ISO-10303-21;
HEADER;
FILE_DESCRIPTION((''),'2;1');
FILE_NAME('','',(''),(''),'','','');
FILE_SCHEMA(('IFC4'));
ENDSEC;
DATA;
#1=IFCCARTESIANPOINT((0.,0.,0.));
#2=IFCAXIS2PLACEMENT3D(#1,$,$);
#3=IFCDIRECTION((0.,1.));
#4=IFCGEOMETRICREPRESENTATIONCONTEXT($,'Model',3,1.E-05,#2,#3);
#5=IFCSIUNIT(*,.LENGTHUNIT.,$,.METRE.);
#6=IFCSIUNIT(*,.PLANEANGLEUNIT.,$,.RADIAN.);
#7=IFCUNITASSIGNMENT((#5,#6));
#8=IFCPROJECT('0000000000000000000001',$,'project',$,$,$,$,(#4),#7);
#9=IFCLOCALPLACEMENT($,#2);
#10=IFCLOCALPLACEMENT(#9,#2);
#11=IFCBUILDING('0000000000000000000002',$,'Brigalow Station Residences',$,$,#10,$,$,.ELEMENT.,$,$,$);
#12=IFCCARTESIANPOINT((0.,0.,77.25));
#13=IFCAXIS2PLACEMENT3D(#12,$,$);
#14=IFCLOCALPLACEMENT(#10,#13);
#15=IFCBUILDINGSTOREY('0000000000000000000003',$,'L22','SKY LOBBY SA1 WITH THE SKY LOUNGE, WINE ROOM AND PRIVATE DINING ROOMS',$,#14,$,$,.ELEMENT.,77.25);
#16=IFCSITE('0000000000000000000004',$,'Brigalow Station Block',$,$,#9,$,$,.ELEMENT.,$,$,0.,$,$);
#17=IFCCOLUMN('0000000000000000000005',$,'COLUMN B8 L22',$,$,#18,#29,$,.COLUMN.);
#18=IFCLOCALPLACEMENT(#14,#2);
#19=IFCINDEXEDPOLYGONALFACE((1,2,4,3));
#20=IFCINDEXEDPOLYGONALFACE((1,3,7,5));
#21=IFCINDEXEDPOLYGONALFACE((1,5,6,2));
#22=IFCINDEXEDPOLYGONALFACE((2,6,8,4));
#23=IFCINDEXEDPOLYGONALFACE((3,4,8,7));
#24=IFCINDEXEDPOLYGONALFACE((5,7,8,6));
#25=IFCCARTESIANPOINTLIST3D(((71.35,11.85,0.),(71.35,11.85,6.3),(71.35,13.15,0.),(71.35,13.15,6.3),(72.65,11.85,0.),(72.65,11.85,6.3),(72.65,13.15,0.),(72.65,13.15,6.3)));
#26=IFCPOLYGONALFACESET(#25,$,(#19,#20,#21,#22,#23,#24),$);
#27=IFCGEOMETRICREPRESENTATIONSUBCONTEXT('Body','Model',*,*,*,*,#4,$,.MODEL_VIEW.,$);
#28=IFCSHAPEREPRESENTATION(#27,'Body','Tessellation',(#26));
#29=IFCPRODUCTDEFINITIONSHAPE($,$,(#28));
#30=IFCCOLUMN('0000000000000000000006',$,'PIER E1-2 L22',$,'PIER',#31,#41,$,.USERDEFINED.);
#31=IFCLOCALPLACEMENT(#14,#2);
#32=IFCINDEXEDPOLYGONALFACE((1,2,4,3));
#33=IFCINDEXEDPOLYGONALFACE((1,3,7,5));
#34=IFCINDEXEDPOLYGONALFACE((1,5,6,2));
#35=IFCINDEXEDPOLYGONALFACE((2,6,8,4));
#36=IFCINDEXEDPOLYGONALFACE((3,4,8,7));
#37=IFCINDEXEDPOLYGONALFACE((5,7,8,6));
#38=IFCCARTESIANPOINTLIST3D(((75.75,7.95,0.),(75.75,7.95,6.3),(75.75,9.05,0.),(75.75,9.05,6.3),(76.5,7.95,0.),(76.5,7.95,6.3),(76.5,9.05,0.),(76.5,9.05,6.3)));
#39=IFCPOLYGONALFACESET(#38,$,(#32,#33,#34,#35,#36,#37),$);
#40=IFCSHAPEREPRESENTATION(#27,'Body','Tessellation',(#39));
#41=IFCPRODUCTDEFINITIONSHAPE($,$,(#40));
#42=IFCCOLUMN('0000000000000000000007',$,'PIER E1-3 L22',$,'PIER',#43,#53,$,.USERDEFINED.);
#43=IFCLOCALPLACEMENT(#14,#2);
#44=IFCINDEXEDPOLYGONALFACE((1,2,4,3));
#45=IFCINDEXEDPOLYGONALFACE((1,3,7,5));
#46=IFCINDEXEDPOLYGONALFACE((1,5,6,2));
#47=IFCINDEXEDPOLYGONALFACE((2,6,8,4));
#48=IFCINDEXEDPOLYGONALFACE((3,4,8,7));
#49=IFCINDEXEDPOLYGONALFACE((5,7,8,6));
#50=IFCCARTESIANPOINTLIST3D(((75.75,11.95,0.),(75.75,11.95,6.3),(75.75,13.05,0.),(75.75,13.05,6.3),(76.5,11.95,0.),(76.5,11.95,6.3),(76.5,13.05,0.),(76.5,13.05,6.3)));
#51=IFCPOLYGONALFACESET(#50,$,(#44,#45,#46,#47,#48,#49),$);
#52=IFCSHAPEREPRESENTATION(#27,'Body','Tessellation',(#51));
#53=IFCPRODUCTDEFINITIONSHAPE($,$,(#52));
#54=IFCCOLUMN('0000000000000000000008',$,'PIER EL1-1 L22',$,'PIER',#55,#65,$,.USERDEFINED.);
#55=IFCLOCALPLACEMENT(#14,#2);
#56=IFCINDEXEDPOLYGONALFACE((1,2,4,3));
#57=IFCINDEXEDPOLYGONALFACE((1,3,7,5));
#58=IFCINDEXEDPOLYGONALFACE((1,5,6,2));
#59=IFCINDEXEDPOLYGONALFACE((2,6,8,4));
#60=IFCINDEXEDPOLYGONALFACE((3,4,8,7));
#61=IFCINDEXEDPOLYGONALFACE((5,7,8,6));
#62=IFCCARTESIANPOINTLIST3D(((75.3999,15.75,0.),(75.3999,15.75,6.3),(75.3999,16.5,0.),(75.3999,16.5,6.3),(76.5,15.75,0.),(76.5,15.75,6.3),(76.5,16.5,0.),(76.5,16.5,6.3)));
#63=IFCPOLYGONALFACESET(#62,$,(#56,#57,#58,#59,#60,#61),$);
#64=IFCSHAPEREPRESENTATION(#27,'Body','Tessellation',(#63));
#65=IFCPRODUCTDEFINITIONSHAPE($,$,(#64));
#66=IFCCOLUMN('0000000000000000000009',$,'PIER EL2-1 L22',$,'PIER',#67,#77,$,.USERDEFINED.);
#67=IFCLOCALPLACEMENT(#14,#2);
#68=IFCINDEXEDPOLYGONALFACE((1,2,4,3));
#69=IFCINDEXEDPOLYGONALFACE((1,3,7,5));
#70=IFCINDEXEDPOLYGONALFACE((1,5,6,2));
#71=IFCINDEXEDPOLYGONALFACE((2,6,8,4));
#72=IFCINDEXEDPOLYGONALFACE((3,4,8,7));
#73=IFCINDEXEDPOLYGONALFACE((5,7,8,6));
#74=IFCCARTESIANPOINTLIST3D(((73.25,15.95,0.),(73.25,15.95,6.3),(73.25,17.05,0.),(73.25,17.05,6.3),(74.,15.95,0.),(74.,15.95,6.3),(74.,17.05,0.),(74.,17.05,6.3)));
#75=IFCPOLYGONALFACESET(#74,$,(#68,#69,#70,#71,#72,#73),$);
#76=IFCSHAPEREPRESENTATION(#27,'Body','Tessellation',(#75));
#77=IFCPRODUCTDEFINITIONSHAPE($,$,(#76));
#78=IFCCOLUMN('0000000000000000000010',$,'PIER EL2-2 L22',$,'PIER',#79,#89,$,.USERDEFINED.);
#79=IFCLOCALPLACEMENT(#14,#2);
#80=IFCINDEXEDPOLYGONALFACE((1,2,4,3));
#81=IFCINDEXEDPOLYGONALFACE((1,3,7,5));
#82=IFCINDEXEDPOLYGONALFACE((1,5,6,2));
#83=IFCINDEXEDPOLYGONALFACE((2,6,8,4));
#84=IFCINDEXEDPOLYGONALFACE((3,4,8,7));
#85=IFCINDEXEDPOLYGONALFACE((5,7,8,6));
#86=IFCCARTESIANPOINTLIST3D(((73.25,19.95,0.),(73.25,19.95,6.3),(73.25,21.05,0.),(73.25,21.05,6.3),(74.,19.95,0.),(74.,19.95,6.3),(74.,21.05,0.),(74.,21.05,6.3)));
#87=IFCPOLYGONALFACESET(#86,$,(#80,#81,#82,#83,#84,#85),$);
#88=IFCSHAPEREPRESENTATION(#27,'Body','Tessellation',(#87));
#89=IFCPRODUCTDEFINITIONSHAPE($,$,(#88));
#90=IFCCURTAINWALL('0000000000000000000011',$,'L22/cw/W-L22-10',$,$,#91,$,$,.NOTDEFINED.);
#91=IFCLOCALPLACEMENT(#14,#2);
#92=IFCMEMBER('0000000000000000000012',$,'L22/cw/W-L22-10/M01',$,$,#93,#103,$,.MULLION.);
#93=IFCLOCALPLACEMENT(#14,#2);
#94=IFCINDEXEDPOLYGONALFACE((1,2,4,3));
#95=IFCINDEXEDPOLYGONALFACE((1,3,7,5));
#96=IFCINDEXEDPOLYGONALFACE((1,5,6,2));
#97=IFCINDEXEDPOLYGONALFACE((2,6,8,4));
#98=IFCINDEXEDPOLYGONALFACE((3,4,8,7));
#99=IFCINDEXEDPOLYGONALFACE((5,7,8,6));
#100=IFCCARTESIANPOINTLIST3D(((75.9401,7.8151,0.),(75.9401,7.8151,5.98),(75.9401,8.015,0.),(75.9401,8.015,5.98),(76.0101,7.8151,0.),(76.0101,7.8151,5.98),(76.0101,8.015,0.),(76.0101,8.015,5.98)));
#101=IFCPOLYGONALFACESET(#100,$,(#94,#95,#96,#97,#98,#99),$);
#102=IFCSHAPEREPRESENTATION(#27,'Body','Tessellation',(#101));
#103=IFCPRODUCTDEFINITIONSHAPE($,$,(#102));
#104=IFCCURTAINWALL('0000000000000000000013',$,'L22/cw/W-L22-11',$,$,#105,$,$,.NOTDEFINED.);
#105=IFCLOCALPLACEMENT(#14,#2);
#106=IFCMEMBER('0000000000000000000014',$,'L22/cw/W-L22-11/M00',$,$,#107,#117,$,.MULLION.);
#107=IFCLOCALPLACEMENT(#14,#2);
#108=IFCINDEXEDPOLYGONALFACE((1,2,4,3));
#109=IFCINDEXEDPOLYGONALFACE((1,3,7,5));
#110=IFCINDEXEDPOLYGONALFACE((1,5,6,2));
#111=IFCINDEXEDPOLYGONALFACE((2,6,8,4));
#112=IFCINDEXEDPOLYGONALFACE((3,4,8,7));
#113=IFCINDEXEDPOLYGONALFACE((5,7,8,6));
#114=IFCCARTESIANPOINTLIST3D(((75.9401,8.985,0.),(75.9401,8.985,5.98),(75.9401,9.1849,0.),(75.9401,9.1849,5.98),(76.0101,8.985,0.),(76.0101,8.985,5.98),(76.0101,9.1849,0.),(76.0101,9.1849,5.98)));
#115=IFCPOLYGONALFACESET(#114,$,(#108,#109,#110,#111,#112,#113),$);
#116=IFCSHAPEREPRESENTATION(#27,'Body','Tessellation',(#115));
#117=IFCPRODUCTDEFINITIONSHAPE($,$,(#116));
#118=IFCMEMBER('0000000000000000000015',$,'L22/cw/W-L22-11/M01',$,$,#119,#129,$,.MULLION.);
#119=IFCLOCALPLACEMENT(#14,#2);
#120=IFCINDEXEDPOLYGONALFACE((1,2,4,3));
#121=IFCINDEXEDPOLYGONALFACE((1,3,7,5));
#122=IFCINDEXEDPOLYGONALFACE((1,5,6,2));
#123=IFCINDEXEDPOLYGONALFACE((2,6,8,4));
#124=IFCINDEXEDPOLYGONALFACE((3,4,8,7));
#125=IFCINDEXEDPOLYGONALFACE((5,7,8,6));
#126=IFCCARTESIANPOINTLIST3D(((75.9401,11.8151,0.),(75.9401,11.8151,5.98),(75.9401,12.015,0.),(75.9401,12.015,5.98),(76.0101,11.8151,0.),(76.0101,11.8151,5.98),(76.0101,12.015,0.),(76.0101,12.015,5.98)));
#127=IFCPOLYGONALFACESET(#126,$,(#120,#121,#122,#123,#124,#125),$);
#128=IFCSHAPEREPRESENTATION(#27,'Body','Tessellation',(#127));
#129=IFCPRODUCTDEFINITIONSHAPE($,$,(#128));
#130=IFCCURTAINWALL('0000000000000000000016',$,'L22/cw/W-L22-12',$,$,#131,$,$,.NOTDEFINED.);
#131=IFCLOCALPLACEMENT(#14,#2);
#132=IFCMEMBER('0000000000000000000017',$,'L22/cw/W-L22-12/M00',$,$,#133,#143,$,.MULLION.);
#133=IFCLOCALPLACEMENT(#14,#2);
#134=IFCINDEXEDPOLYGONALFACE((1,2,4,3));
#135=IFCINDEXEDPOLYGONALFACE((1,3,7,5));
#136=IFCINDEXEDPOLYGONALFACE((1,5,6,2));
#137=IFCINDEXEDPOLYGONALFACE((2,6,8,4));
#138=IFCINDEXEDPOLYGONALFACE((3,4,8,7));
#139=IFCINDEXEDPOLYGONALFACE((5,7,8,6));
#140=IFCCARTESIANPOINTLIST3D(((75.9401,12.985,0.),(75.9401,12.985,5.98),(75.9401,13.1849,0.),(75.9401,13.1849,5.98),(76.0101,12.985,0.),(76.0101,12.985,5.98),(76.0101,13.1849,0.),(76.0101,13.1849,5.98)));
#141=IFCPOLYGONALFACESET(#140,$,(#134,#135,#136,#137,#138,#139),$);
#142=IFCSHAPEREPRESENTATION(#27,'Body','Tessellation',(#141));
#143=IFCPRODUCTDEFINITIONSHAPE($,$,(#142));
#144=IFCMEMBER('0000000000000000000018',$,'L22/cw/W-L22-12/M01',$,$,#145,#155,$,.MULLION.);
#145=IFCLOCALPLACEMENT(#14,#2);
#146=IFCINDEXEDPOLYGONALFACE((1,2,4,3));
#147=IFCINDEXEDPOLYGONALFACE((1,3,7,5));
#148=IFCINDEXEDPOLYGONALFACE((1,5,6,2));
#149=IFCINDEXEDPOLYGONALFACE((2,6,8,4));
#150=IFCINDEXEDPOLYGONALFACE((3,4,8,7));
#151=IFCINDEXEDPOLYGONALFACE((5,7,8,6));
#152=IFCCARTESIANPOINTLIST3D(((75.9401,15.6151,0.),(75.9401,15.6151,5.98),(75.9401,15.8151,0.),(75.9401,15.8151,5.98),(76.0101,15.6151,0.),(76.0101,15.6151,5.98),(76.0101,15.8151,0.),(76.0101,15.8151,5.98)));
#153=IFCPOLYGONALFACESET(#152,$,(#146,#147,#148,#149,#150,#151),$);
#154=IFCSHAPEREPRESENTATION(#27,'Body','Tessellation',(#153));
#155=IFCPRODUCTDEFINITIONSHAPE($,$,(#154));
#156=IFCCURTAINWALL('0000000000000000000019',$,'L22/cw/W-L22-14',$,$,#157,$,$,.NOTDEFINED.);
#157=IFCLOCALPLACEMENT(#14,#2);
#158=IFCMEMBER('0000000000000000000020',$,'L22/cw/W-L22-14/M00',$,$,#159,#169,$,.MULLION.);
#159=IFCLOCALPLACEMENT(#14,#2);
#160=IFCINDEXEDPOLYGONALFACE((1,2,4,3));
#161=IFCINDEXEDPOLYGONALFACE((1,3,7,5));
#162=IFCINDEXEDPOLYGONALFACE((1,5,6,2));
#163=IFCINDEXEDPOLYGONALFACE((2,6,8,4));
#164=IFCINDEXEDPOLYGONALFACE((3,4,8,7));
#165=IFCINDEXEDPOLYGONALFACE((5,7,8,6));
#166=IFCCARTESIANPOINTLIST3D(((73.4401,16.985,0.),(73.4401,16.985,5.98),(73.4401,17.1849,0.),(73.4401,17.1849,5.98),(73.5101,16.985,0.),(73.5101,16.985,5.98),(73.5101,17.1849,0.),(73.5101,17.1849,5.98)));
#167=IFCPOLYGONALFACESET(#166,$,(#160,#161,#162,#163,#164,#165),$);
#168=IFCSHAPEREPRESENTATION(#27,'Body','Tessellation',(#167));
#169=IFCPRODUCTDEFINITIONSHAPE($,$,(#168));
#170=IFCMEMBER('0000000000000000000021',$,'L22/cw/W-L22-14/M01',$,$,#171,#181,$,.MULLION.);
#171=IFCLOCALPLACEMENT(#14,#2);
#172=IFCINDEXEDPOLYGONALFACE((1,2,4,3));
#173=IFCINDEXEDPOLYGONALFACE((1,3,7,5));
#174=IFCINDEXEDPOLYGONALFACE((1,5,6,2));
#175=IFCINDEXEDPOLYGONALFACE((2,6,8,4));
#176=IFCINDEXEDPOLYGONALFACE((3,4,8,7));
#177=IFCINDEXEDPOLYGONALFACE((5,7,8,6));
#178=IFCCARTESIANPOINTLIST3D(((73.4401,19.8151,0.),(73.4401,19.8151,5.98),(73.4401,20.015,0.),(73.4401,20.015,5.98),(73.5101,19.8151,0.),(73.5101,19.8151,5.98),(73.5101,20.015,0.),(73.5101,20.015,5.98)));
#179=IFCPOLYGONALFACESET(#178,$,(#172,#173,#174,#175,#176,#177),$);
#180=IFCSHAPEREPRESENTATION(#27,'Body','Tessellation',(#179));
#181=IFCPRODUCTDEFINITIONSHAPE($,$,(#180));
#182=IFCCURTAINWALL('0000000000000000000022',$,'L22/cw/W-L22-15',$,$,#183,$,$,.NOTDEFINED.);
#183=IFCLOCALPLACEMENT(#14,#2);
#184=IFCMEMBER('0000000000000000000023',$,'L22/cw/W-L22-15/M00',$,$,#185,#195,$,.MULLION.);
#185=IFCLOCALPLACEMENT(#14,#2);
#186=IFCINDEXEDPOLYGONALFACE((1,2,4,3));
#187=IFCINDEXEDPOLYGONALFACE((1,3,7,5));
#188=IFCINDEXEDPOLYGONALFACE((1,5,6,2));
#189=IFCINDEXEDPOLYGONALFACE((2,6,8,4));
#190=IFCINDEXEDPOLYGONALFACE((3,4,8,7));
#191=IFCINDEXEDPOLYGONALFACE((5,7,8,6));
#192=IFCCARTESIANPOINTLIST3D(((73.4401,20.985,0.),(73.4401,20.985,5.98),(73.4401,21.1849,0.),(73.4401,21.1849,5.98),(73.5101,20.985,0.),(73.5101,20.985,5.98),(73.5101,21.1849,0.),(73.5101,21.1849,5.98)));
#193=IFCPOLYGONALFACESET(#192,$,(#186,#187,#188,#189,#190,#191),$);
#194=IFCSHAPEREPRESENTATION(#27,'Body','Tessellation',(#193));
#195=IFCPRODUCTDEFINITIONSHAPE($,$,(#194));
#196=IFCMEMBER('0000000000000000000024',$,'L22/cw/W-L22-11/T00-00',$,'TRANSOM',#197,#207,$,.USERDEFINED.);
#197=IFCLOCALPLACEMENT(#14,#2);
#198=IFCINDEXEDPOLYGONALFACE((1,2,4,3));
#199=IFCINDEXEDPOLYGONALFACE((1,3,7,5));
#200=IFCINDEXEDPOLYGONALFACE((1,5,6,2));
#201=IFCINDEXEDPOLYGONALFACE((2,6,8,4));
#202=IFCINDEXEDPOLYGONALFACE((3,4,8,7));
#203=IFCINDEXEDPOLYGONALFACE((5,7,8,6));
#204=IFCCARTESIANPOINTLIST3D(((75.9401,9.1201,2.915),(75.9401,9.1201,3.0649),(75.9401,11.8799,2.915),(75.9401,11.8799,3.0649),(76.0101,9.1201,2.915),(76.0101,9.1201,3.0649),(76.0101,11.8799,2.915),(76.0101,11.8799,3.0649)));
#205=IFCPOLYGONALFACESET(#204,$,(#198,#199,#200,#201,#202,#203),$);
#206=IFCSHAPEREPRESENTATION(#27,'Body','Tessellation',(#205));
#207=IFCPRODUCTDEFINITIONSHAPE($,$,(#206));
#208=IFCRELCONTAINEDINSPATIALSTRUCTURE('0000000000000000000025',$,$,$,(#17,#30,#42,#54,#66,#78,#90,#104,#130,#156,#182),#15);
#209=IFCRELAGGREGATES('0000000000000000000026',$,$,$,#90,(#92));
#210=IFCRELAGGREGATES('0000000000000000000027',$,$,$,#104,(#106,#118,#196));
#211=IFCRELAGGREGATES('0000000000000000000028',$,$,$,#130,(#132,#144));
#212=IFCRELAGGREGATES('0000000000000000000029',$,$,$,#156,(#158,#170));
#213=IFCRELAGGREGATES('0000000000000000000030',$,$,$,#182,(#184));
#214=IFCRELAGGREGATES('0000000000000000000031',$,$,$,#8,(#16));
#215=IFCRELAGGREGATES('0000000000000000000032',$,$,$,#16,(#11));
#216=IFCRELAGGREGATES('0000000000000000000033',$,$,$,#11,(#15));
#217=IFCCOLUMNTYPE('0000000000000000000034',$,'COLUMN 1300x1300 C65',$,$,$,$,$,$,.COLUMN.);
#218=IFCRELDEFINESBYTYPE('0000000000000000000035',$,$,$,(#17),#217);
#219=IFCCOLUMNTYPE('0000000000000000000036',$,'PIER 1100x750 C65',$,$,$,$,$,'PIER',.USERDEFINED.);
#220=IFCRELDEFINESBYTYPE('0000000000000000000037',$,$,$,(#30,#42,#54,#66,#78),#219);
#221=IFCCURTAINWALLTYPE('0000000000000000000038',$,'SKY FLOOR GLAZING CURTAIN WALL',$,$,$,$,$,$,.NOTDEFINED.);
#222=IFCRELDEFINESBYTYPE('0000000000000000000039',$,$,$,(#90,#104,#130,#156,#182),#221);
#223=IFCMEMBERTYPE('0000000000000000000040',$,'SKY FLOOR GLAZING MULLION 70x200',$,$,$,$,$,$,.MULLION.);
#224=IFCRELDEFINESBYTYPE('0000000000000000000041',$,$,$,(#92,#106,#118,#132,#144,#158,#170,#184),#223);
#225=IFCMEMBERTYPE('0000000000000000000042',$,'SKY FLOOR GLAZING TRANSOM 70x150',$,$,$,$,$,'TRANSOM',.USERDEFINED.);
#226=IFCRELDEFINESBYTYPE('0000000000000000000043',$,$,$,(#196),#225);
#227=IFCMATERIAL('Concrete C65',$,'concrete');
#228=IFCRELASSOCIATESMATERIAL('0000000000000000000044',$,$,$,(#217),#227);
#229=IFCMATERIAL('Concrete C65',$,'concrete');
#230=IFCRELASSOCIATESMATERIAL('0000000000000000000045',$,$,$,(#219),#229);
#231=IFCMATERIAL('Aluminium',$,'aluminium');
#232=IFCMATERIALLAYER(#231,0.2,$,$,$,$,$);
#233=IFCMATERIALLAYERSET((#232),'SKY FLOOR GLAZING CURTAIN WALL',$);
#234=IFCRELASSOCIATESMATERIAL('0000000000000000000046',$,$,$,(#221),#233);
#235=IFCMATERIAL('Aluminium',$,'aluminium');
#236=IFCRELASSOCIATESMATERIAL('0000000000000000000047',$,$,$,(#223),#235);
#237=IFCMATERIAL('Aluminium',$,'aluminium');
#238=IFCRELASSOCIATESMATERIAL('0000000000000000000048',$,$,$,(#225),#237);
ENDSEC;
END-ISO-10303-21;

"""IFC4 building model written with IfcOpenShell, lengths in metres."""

from ifc_helpers import new_model, si_unit, direction, frame, origin, origin_2d, place, context, subcontext, project, spatial, rectangle, extrude, material, layer, layer_set, material_profile, profile_set, type_object, element, aggregate, save


model = new_model("IFC4")

# Units and contexts
model_context = context("Model", 3, precision=1e-05, world=origin(), true_north=direction((0.0, 1.0)))
body_context = subcontext(model_context, "Body", "Model", "MODEL_VIEW")
ifc_project = project(units=[si_unit("LENGTHUNIT", "METRE"), si_unit("PLANEANGLEUNIT", "RADIAN")], contexts=[model_context])

# Site, building, storey
site_placement = place(None, origin())
site = spatial("IfcSite", under=ifc_project, at=site_placement, Name="Brigalow Station Block", CompositionType="ELEMENT", RefElevation=0.0)
building_placement = place(site_placement, origin())
building = spatial("IfcBuilding", under=site, at=building_placement, Name="Brigalow Station Residences", CompositionType="ELEMENT")
storey_placement = place(building_placement, frame((0.0, 0.0, 77.25)))
storey = spatial("IfcBuildingStorey", under=building, at=storey_placement, Name="L22", Description="SKY LOBBY SA1 WITH THE SKY LOUNGE, WINE ROOM AND PRIVATE DINING ROOMS", CompositionType="ELEMENT", Elevation=77.25)

# Columns
ifc_material_1 = material(Name="Concrete C65", Category="concrete")
ifc_material_profile_1 = material_profile(ifc_material_1, rectangle(XDim=1.3, YDim=1.3, at=origin_2d()), Name="RC1300x1300")
ifc_profile_set_1 = profile_set([ifc_material_profile_1], Name="Concrete C65")
column_type_1 = type_object("IfcColumnType", Name="COLUMN 1300x1300 C65", PredefinedType="COLUMN", material=ifc_profile_set_1)
column_placement = place(storey_placement, frame((72.0, 12.5, 0.0), z_axis=(0.0, 0.0, 1.0), x_axis=(1.0, 0.0, 0.0)))
element("IfcColumn", 1, at=column_placement, inside=storey, type_object=column_type_1, Name="COLUMN B8 L22", PredefinedType="COLUMN", context=body_context, shape_type="SweptSolid", body=[
    extrude(rectangle(XDim=1.3, YDim=1.3, at=origin_2d()), origin(), (0.0, 0.0, 1.0), 6.3),
])
ifc_material_2 = material(Name="Concrete C65", Category="concrete")
ifc_material_profile_2 = material_profile(ifc_material_2, rectangle(XDim=1.1001, YDim=0.75, at=origin_2d()), Name="RC1100x750")
ifc_profile_set_2 = profile_set([ifc_material_profile_2], Name="Concrete C65")
column_type_2 = type_object("IfcColumnType", Name="PIER 1100x750 C65", ElementType="PIER", PredefinedType="USERDEFINED", material=ifc_profile_set_2)
for number, where, z_axis, x_axis, name in (
    (2, (76.125, 8.5, 0.0), (0.0, 0.0, 1.0), (0.0, 1.0, 0.0), "PIER E1-2 L22"),
    (3, (76.125, 12.5, 0.0), (0.0, 0.0, 1.0), (0.0, 1.0, 0.0), "PIER E1-3 L22"),
    (4, (75.95, 16.125, 0.0), (0.0, 0.0, 1.0), (-1.0, 0.0, 0.0), "PIER EL1-1 L22"),
    (5, (73.625, 16.5, 0.0), (0.0, 0.0, 1.0), (0.0, 1.0, 0.0), "PIER EL2-1 L22"),
    (6, (73.625, 20.5, 0.0), (0.0, 0.0, 1.0), (0.0, 1.0, 0.0), "PIER EL2-2 L22"),
):
    element("IfcColumn", number, at=place(storey_placement, frame(where, z_axis=z_axis, x_axis=x_axis)), inside=storey, type_object=column_type_2, Name=name, ObjectType="PIER", PredefinedType="USERDEFINED", context=body_context, shape_type="SweptSolid", body=[
        extrude(rectangle(XDim=1.1001, YDim=0.75, at=origin_2d()), origin(), (0.0, 0.0, 1.0), 6.3),
    ])

# Curtain wall, member
ifc_material_3 = material(Name="Aluminium", Category="aluminium")
ifc_layer_1 = layer(ifc_material_3, 0.2)
ifc_layer_set_1 = layer_set([ifc_layer_1], Name="SKY FLOOR GLAZING CURTAIN WALL")
curtain_wall_type = type_object("IfcCurtainWallType", Name="SKY FLOOR GLAZING CURTAIN WALL", PredefinedType="NOTDEFINED", material=ifc_layer_set_1)
curtain_wall_1_placement = place(storey_placement, origin())
curtain_wall_1 = element("IfcCurtainWall", 7, at=curtain_wall_1_placement, inside=storey, type_object=curtain_wall_type, Name="L22/cw/W-L22-10", PredefinedType="NOTDEFINED")
ifc_material_4 = material(Name="Aluminium", Category="aluminium")
ifc_material_profile_3 = material_profile(ifc_material_4, rectangle(XDim=0.0701, YDim=0.2, at=origin_2d()), Name="SKY FLOOR GLAZING MULLION 70x200")
ifc_profile_set_3 = profile_set([ifc_material_profile_3], Name="Aluminium")
member_type_1 = type_object("IfcMemberType", Name="SKY FLOOR GLAZING MULLION 70x200", PredefinedType="MULLION", material=ifc_profile_set_3)
member_1_placement = place(storey_placement, frame((75.9751, 7.915, 0.0), z_axis=(0.0, 0.0, 1.0), x_axis=(-1.0, 0.0, 0.0)))
member_1 = element("IfcMember", 8, at=member_1_placement, type_object=member_type_1, Name="L22/cw/W-L22-10/M01", PredefinedType="MULLION", context=body_context, shape_type="SweptSolid", body=[
    extrude(rectangle(XDim=0.0701, YDim=0.2, at=origin_2d()), origin(), (0.0, 0.0, 1.0), 5.98),
])
aggregate(curtain_wall_1, [member_1])

# Curtain walls, members
curtain_wall_2_placement = place(storey_placement, origin())
curtain_wall_2 = element("IfcCurtainWall", 9, at=curtain_wall_2_placement, inside=storey, type_object=curtain_wall_type, Name="L22/cw/W-L22-11", PredefinedType="NOTDEFINED")
member_2_placement = place(storey_placement, frame((75.9751, 9.085, 0.0), z_axis=(0.0, 0.0, 1.0), x_axis=(-1.0, 0.0, 0.0)))
member_2 = element("IfcMember", 10, at=member_2_placement, type_object=member_type_1, Name="L22/cw/W-L22-11/M00", PredefinedType="MULLION", context=body_context, shape_type="SweptSolid", body=[
    extrude(rectangle(XDim=0.0701, YDim=0.2, at=origin_2d()), origin(), (0.0, 0.0, 1.0), 5.98),
])
member_3_placement = place(storey_placement, frame((75.9751, 11.915, 0.0), z_axis=(0.0, 0.0, 1.0), x_axis=(-1.0, 0.0, 0.0)))
member_3 = element("IfcMember", 11, at=member_3_placement, type_object=member_type_1, Name="L22/cw/W-L22-11/M01", PredefinedType="MULLION", context=body_context, shape_type="SweptSolid", body=[
    extrude(rectangle(XDim=0.0701, YDim=0.2, at=origin_2d()), origin(), (0.0, 0.0, 1.0), 5.98),
])
curtain_wall_3_placement = place(storey_placement, origin())
curtain_wall_3 = element("IfcCurtainWall", 12, at=curtain_wall_3_placement, inside=storey, type_object=curtain_wall_type, Name="L22/cw/W-L22-12", PredefinedType="NOTDEFINED")
member_4_placement = place(storey_placement, frame((75.9751, 13.085, 0.0), z_axis=(0.0, 0.0, 1.0), x_axis=(-1.0, 0.0, 0.0)))
member_4 = element("IfcMember", 13, at=member_4_placement, type_object=member_type_1, Name="L22/cw/W-L22-12/M00", PredefinedType="MULLION", context=body_context, shape_type="SweptSolid", body=[
    extrude(rectangle(XDim=0.0701, YDim=0.2, at=origin_2d()), origin(), (0.0, 0.0, 1.0), 5.98),
])
member_5_placement = place(storey_placement, frame((75.9751, 15.7151, 0.0), z_axis=(0.0, 0.0, 1.0), x_axis=(-1.0, 0.0, 0.0)))
member_5 = element("IfcMember", 14, at=member_5_placement, type_object=member_type_1, Name="L22/cw/W-L22-12/M01", PredefinedType="MULLION", context=body_context, shape_type="SweptSolid", body=[
    extrude(rectangle(XDim=0.0701, YDim=0.2, at=origin_2d()), origin(), (0.0, 0.0, 1.0), 5.98),
])
curtain_wall_4_placement = place(storey_placement, origin())
curtain_wall_4 = element("IfcCurtainWall", 15, at=curtain_wall_4_placement, inside=storey, type_object=curtain_wall_type, Name="L22/cw/W-L22-14", PredefinedType="NOTDEFINED")
member_6_placement = place(storey_placement, frame((73.4751, 17.085, 0.0), z_axis=(0.0, 0.0, 1.0), x_axis=(-1.0, 0.0, 0.0)))
member_6 = element("IfcMember", 16, at=member_6_placement, type_object=member_type_1, Name="L22/cw/W-L22-14/M00", PredefinedType="MULLION", context=body_context, shape_type="SweptSolid", body=[
    extrude(rectangle(XDim=0.0701, YDim=0.2, at=origin_2d()), origin(), (0.0, 0.0, 1.0), 5.98),
])
member_7_placement = place(storey_placement, frame((73.4751, 19.915, 0.0), z_axis=(0.0, 0.0, 1.0), x_axis=(-1.0, 0.0, 0.0)))
member_7 = element("IfcMember", 17, at=member_7_placement, type_object=member_type_1, Name="L22/cw/W-L22-14/M01", PredefinedType="MULLION", context=body_context, shape_type="SweptSolid", body=[
    extrude(rectangle(XDim=0.0701, YDim=0.2, at=origin_2d()), origin(), (0.0, 0.0, 1.0), 5.98),
])

# Curtain wall, member
curtain_wall_5_placement = place(storey_placement, origin())
curtain_wall_5 = element("IfcCurtainWall", 18, at=curtain_wall_5_placement, inside=storey, type_object=curtain_wall_type, Name="L22/cw/W-L22-15", PredefinedType="NOTDEFINED")
member_8_placement = place(storey_placement, frame((73.4751, 21.085, 0.0), z_axis=(0.0, 0.0, 1.0), x_axis=(-1.0, 0.0, 0.0)))
member_8 = element("IfcMember", 19, at=member_8_placement, type_object=member_type_1, Name="L22/cw/W-L22-15/M00", PredefinedType="MULLION", context=body_context, shape_type="SweptSolid", body=[
    extrude(rectangle(XDim=0.0701, YDim=0.2, at=origin_2d()), origin(), (0.0, 0.0, 1.0), 5.98),
])

# Member
ifc_material_5 = material(Name="Aluminium", Category="aluminium")
ifc_material_profile_4 = material_profile(ifc_material_5, rectangle(XDim=0.0701, YDim=0.1499, at=origin_2d()), Name="SKY FLOOR GLAZING TRANSOM 70x150")
ifc_profile_set_4 = profile_set([ifc_material_profile_4], Name="Aluminium")
member_type_2 = type_object("IfcMemberType", Name="SKY FLOOR GLAZING TRANSOM 70x150", ElementType="TRANSOM", PredefinedType="USERDEFINED", material=ifc_profile_set_4)
member_9_placement = place(storey_placement, frame((75.9751, 9.1201, 2.99), z_axis=(0.0, 1.0, 0.0), x_axis=(-1.0, 0.0, 0.0)))
member_9 = element("IfcMember", 20, at=member_9_placement, type_object=member_type_2, Name="L22/cw/W-L22-11/T00-00", ObjectType="TRANSOM", PredefinedType="USERDEFINED", context=body_context, shape_type="SweptSolid", body=[
    extrude(rectangle(XDim=0.0701, YDim=0.1499, at=origin_2d()), origin(), (0.0, 0.0, 1.0), 2.7598),
])

aggregate(curtain_wall_2, [member_2, member_3, member_9])
aggregate(curtain_wall_3, [member_4, member_5])
aggregate(curtain_wall_4, [member_6, member_7])
aggregate(curtain_wall_5, [member_8])

save(model, "model.ifc")
